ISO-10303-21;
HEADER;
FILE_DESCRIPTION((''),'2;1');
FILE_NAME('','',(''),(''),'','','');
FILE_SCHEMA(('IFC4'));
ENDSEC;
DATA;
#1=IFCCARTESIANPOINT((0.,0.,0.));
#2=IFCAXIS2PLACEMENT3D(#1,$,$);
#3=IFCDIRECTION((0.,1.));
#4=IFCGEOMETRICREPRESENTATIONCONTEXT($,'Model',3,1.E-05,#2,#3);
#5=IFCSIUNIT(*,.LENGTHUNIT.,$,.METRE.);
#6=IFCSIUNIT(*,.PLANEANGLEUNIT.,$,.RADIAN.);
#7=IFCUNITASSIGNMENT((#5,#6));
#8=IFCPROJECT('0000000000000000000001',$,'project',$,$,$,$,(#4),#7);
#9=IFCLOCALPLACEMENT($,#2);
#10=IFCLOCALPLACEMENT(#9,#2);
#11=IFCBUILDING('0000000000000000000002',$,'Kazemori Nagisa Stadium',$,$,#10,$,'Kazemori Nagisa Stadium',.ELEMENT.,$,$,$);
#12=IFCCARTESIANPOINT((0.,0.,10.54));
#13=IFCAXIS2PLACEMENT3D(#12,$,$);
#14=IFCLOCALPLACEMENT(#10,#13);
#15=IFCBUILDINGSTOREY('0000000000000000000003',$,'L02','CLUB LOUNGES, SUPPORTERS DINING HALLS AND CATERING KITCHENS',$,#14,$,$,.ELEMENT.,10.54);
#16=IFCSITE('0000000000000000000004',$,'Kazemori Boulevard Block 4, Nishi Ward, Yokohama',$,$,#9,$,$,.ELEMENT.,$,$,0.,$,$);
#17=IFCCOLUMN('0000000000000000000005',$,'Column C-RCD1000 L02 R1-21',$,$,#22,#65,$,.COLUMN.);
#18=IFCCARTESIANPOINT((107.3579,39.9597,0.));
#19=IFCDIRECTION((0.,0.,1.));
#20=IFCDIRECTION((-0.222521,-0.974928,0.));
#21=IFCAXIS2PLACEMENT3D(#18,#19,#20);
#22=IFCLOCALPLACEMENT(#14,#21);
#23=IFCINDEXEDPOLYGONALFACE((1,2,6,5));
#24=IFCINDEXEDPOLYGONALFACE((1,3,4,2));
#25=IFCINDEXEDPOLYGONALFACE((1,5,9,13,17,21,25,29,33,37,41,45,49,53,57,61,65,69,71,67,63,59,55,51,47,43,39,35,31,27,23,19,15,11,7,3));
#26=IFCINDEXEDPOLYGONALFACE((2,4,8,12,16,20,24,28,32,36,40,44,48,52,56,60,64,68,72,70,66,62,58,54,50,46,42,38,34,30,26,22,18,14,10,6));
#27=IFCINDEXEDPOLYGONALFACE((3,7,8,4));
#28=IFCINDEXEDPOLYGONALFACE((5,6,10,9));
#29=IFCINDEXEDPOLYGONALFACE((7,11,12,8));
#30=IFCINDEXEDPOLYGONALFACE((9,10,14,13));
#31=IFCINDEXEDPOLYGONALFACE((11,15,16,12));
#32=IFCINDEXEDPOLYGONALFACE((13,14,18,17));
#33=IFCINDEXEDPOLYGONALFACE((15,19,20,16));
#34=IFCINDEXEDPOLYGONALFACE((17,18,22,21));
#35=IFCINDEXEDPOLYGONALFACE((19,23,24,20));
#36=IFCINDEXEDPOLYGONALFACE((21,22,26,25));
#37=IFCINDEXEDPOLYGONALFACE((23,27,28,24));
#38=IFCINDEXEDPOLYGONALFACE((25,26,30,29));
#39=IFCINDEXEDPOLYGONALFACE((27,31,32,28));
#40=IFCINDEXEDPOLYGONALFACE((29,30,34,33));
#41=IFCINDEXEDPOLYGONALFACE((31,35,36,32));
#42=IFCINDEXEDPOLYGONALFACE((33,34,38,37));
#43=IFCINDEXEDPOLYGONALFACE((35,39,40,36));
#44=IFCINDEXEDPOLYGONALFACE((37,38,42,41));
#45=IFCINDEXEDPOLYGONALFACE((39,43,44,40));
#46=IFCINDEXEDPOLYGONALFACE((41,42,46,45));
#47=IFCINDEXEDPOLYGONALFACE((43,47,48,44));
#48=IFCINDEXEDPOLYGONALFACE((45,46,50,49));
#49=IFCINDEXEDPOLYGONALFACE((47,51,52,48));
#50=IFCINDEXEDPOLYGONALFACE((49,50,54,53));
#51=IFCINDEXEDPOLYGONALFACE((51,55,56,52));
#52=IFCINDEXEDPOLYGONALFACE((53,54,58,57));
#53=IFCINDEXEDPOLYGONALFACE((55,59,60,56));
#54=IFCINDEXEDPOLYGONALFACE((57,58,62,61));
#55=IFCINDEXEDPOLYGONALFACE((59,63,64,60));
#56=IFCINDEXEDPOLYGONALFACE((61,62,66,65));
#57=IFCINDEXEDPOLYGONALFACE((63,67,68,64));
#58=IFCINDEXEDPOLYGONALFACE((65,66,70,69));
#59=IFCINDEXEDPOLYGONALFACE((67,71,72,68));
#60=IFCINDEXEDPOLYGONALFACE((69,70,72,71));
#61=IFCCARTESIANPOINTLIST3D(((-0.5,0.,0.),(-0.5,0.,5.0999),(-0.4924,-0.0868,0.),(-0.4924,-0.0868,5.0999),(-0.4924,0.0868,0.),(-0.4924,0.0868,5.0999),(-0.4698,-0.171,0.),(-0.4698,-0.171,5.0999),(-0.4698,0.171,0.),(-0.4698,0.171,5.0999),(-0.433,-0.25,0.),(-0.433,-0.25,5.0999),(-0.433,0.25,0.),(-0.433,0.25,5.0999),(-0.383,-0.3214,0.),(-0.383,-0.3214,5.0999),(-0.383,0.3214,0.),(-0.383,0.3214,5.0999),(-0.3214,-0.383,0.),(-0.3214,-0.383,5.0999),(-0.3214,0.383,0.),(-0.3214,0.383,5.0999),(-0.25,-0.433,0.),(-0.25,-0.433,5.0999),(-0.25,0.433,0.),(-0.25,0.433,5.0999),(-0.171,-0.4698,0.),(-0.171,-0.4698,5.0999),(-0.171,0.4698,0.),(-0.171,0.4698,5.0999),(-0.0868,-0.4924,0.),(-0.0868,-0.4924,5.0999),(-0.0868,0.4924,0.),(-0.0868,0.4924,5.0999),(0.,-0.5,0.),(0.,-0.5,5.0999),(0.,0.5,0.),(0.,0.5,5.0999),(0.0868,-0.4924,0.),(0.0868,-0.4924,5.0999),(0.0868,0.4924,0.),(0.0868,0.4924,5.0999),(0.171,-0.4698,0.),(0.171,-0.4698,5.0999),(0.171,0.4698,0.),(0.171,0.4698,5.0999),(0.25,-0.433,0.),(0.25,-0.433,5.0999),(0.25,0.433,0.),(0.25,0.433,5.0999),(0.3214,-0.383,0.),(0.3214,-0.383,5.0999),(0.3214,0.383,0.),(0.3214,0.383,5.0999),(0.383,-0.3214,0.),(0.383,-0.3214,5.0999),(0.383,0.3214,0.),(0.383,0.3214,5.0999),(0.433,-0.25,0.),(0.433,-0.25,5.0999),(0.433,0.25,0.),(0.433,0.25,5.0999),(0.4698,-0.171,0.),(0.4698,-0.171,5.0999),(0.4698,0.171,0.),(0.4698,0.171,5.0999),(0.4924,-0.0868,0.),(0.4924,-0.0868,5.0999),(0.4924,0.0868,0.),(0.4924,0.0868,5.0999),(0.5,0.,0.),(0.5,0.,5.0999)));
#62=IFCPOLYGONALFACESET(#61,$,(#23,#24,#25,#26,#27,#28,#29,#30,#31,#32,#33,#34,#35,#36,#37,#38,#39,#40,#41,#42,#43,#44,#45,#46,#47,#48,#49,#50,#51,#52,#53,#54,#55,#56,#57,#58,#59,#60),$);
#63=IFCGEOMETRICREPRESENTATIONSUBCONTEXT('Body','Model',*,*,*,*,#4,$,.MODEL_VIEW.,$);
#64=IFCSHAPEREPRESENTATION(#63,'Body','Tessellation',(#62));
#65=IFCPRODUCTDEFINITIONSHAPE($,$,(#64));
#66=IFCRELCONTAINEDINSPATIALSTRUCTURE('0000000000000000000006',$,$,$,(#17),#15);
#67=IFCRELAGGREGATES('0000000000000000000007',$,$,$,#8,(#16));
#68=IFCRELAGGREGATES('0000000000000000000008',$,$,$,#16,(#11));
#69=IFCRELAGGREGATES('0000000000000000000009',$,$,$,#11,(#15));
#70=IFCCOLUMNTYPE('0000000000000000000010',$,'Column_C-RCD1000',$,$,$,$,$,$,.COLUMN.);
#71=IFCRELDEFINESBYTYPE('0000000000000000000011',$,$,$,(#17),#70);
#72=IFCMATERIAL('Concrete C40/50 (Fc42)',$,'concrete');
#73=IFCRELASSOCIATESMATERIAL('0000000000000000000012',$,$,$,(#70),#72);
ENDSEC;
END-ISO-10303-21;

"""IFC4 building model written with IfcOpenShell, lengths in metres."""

from ifc_helpers import new_model, si_unit, direction, frame, origin, origin_2d, place, context, subcontext, project, spatial, circle, extrude, material, material_profile, profile_set, type_object, element, save


model = new_model("IFC4")

# Units and contexts
model_context = context("Model", 3, precision=1e-05, world=origin(), true_north=direction((0.0, 1.0)))
body_context = subcontext(model_context, "Body", "Model", "MODEL_VIEW")
ifc_project = project(units=[si_unit("LENGTHUNIT", "METRE"), si_unit("PLANEANGLEUNIT", "RADIAN")], contexts=[model_context])

# Site, building, storey
site_placement = place(None, origin())
site = spatial("IfcSite", under=ifc_project, at=site_placement, Name="Kazemori Boulevard Block 4, Nishi Ward, Yokohama", CompositionType="ELEMENT", RefElevation=0.0)
building_placement = place(site_placement, origin())
building = spatial("IfcBuilding", under=site, at=building_placement, Name="Kazemori Nagisa Stadium", LongName="Kazemori Nagisa Stadium", CompositionType="ELEMENT")
storey_placement = place(building_placement, frame((0.0, 0.0, 10.54)))
storey = spatial("IfcBuildingStorey", under=building, at=storey_placement, Name="L02", Description="CLUB LOUNGES, SUPPORTERS DINING HALLS AND CATERING KITCHENS", CompositionType="ELEMENT", Elevation=10.54)

# Column
ifc_material_1 = material(Name="Concrete C40/50 (Fc42)", Category="concrete")
ifc_material_profile_1 = material_profile(ifc_material_1, circle(Radius=0.5, at=origin_2d()), Name="RC-COL-D1000")
ifc_profile_set_1 = profile_set([ifc_material_profile_1], Name="Concrete C40/50 (Fc42)")
column_type_1 = type_object("IfcColumnType", Name="Column_C-RCD1000", PredefinedType="COLUMN", material=ifc_profile_set_1)
column_1_placement = place(storey_placement, frame((107.3579, 39.9597, 0.0), z_axis=(0.0, 0.0, 1.0), x_axis=(-0.222521, -0.974928, 0.0)))
element("IfcColumn", 1, at=column_1_placement, inside=storey, type_object=column_type_1, Name="Column C-RCD1000 L02 R1-21", PredefinedType="COLUMN", context=body_context, shape_type="SweptSolid", body=[
    extrude(circle(Radius=0.5, at=origin_2d()), origin(), (0.0, 0.0, 1.0), 5.0999),
])

save(model, "model.ifc")
